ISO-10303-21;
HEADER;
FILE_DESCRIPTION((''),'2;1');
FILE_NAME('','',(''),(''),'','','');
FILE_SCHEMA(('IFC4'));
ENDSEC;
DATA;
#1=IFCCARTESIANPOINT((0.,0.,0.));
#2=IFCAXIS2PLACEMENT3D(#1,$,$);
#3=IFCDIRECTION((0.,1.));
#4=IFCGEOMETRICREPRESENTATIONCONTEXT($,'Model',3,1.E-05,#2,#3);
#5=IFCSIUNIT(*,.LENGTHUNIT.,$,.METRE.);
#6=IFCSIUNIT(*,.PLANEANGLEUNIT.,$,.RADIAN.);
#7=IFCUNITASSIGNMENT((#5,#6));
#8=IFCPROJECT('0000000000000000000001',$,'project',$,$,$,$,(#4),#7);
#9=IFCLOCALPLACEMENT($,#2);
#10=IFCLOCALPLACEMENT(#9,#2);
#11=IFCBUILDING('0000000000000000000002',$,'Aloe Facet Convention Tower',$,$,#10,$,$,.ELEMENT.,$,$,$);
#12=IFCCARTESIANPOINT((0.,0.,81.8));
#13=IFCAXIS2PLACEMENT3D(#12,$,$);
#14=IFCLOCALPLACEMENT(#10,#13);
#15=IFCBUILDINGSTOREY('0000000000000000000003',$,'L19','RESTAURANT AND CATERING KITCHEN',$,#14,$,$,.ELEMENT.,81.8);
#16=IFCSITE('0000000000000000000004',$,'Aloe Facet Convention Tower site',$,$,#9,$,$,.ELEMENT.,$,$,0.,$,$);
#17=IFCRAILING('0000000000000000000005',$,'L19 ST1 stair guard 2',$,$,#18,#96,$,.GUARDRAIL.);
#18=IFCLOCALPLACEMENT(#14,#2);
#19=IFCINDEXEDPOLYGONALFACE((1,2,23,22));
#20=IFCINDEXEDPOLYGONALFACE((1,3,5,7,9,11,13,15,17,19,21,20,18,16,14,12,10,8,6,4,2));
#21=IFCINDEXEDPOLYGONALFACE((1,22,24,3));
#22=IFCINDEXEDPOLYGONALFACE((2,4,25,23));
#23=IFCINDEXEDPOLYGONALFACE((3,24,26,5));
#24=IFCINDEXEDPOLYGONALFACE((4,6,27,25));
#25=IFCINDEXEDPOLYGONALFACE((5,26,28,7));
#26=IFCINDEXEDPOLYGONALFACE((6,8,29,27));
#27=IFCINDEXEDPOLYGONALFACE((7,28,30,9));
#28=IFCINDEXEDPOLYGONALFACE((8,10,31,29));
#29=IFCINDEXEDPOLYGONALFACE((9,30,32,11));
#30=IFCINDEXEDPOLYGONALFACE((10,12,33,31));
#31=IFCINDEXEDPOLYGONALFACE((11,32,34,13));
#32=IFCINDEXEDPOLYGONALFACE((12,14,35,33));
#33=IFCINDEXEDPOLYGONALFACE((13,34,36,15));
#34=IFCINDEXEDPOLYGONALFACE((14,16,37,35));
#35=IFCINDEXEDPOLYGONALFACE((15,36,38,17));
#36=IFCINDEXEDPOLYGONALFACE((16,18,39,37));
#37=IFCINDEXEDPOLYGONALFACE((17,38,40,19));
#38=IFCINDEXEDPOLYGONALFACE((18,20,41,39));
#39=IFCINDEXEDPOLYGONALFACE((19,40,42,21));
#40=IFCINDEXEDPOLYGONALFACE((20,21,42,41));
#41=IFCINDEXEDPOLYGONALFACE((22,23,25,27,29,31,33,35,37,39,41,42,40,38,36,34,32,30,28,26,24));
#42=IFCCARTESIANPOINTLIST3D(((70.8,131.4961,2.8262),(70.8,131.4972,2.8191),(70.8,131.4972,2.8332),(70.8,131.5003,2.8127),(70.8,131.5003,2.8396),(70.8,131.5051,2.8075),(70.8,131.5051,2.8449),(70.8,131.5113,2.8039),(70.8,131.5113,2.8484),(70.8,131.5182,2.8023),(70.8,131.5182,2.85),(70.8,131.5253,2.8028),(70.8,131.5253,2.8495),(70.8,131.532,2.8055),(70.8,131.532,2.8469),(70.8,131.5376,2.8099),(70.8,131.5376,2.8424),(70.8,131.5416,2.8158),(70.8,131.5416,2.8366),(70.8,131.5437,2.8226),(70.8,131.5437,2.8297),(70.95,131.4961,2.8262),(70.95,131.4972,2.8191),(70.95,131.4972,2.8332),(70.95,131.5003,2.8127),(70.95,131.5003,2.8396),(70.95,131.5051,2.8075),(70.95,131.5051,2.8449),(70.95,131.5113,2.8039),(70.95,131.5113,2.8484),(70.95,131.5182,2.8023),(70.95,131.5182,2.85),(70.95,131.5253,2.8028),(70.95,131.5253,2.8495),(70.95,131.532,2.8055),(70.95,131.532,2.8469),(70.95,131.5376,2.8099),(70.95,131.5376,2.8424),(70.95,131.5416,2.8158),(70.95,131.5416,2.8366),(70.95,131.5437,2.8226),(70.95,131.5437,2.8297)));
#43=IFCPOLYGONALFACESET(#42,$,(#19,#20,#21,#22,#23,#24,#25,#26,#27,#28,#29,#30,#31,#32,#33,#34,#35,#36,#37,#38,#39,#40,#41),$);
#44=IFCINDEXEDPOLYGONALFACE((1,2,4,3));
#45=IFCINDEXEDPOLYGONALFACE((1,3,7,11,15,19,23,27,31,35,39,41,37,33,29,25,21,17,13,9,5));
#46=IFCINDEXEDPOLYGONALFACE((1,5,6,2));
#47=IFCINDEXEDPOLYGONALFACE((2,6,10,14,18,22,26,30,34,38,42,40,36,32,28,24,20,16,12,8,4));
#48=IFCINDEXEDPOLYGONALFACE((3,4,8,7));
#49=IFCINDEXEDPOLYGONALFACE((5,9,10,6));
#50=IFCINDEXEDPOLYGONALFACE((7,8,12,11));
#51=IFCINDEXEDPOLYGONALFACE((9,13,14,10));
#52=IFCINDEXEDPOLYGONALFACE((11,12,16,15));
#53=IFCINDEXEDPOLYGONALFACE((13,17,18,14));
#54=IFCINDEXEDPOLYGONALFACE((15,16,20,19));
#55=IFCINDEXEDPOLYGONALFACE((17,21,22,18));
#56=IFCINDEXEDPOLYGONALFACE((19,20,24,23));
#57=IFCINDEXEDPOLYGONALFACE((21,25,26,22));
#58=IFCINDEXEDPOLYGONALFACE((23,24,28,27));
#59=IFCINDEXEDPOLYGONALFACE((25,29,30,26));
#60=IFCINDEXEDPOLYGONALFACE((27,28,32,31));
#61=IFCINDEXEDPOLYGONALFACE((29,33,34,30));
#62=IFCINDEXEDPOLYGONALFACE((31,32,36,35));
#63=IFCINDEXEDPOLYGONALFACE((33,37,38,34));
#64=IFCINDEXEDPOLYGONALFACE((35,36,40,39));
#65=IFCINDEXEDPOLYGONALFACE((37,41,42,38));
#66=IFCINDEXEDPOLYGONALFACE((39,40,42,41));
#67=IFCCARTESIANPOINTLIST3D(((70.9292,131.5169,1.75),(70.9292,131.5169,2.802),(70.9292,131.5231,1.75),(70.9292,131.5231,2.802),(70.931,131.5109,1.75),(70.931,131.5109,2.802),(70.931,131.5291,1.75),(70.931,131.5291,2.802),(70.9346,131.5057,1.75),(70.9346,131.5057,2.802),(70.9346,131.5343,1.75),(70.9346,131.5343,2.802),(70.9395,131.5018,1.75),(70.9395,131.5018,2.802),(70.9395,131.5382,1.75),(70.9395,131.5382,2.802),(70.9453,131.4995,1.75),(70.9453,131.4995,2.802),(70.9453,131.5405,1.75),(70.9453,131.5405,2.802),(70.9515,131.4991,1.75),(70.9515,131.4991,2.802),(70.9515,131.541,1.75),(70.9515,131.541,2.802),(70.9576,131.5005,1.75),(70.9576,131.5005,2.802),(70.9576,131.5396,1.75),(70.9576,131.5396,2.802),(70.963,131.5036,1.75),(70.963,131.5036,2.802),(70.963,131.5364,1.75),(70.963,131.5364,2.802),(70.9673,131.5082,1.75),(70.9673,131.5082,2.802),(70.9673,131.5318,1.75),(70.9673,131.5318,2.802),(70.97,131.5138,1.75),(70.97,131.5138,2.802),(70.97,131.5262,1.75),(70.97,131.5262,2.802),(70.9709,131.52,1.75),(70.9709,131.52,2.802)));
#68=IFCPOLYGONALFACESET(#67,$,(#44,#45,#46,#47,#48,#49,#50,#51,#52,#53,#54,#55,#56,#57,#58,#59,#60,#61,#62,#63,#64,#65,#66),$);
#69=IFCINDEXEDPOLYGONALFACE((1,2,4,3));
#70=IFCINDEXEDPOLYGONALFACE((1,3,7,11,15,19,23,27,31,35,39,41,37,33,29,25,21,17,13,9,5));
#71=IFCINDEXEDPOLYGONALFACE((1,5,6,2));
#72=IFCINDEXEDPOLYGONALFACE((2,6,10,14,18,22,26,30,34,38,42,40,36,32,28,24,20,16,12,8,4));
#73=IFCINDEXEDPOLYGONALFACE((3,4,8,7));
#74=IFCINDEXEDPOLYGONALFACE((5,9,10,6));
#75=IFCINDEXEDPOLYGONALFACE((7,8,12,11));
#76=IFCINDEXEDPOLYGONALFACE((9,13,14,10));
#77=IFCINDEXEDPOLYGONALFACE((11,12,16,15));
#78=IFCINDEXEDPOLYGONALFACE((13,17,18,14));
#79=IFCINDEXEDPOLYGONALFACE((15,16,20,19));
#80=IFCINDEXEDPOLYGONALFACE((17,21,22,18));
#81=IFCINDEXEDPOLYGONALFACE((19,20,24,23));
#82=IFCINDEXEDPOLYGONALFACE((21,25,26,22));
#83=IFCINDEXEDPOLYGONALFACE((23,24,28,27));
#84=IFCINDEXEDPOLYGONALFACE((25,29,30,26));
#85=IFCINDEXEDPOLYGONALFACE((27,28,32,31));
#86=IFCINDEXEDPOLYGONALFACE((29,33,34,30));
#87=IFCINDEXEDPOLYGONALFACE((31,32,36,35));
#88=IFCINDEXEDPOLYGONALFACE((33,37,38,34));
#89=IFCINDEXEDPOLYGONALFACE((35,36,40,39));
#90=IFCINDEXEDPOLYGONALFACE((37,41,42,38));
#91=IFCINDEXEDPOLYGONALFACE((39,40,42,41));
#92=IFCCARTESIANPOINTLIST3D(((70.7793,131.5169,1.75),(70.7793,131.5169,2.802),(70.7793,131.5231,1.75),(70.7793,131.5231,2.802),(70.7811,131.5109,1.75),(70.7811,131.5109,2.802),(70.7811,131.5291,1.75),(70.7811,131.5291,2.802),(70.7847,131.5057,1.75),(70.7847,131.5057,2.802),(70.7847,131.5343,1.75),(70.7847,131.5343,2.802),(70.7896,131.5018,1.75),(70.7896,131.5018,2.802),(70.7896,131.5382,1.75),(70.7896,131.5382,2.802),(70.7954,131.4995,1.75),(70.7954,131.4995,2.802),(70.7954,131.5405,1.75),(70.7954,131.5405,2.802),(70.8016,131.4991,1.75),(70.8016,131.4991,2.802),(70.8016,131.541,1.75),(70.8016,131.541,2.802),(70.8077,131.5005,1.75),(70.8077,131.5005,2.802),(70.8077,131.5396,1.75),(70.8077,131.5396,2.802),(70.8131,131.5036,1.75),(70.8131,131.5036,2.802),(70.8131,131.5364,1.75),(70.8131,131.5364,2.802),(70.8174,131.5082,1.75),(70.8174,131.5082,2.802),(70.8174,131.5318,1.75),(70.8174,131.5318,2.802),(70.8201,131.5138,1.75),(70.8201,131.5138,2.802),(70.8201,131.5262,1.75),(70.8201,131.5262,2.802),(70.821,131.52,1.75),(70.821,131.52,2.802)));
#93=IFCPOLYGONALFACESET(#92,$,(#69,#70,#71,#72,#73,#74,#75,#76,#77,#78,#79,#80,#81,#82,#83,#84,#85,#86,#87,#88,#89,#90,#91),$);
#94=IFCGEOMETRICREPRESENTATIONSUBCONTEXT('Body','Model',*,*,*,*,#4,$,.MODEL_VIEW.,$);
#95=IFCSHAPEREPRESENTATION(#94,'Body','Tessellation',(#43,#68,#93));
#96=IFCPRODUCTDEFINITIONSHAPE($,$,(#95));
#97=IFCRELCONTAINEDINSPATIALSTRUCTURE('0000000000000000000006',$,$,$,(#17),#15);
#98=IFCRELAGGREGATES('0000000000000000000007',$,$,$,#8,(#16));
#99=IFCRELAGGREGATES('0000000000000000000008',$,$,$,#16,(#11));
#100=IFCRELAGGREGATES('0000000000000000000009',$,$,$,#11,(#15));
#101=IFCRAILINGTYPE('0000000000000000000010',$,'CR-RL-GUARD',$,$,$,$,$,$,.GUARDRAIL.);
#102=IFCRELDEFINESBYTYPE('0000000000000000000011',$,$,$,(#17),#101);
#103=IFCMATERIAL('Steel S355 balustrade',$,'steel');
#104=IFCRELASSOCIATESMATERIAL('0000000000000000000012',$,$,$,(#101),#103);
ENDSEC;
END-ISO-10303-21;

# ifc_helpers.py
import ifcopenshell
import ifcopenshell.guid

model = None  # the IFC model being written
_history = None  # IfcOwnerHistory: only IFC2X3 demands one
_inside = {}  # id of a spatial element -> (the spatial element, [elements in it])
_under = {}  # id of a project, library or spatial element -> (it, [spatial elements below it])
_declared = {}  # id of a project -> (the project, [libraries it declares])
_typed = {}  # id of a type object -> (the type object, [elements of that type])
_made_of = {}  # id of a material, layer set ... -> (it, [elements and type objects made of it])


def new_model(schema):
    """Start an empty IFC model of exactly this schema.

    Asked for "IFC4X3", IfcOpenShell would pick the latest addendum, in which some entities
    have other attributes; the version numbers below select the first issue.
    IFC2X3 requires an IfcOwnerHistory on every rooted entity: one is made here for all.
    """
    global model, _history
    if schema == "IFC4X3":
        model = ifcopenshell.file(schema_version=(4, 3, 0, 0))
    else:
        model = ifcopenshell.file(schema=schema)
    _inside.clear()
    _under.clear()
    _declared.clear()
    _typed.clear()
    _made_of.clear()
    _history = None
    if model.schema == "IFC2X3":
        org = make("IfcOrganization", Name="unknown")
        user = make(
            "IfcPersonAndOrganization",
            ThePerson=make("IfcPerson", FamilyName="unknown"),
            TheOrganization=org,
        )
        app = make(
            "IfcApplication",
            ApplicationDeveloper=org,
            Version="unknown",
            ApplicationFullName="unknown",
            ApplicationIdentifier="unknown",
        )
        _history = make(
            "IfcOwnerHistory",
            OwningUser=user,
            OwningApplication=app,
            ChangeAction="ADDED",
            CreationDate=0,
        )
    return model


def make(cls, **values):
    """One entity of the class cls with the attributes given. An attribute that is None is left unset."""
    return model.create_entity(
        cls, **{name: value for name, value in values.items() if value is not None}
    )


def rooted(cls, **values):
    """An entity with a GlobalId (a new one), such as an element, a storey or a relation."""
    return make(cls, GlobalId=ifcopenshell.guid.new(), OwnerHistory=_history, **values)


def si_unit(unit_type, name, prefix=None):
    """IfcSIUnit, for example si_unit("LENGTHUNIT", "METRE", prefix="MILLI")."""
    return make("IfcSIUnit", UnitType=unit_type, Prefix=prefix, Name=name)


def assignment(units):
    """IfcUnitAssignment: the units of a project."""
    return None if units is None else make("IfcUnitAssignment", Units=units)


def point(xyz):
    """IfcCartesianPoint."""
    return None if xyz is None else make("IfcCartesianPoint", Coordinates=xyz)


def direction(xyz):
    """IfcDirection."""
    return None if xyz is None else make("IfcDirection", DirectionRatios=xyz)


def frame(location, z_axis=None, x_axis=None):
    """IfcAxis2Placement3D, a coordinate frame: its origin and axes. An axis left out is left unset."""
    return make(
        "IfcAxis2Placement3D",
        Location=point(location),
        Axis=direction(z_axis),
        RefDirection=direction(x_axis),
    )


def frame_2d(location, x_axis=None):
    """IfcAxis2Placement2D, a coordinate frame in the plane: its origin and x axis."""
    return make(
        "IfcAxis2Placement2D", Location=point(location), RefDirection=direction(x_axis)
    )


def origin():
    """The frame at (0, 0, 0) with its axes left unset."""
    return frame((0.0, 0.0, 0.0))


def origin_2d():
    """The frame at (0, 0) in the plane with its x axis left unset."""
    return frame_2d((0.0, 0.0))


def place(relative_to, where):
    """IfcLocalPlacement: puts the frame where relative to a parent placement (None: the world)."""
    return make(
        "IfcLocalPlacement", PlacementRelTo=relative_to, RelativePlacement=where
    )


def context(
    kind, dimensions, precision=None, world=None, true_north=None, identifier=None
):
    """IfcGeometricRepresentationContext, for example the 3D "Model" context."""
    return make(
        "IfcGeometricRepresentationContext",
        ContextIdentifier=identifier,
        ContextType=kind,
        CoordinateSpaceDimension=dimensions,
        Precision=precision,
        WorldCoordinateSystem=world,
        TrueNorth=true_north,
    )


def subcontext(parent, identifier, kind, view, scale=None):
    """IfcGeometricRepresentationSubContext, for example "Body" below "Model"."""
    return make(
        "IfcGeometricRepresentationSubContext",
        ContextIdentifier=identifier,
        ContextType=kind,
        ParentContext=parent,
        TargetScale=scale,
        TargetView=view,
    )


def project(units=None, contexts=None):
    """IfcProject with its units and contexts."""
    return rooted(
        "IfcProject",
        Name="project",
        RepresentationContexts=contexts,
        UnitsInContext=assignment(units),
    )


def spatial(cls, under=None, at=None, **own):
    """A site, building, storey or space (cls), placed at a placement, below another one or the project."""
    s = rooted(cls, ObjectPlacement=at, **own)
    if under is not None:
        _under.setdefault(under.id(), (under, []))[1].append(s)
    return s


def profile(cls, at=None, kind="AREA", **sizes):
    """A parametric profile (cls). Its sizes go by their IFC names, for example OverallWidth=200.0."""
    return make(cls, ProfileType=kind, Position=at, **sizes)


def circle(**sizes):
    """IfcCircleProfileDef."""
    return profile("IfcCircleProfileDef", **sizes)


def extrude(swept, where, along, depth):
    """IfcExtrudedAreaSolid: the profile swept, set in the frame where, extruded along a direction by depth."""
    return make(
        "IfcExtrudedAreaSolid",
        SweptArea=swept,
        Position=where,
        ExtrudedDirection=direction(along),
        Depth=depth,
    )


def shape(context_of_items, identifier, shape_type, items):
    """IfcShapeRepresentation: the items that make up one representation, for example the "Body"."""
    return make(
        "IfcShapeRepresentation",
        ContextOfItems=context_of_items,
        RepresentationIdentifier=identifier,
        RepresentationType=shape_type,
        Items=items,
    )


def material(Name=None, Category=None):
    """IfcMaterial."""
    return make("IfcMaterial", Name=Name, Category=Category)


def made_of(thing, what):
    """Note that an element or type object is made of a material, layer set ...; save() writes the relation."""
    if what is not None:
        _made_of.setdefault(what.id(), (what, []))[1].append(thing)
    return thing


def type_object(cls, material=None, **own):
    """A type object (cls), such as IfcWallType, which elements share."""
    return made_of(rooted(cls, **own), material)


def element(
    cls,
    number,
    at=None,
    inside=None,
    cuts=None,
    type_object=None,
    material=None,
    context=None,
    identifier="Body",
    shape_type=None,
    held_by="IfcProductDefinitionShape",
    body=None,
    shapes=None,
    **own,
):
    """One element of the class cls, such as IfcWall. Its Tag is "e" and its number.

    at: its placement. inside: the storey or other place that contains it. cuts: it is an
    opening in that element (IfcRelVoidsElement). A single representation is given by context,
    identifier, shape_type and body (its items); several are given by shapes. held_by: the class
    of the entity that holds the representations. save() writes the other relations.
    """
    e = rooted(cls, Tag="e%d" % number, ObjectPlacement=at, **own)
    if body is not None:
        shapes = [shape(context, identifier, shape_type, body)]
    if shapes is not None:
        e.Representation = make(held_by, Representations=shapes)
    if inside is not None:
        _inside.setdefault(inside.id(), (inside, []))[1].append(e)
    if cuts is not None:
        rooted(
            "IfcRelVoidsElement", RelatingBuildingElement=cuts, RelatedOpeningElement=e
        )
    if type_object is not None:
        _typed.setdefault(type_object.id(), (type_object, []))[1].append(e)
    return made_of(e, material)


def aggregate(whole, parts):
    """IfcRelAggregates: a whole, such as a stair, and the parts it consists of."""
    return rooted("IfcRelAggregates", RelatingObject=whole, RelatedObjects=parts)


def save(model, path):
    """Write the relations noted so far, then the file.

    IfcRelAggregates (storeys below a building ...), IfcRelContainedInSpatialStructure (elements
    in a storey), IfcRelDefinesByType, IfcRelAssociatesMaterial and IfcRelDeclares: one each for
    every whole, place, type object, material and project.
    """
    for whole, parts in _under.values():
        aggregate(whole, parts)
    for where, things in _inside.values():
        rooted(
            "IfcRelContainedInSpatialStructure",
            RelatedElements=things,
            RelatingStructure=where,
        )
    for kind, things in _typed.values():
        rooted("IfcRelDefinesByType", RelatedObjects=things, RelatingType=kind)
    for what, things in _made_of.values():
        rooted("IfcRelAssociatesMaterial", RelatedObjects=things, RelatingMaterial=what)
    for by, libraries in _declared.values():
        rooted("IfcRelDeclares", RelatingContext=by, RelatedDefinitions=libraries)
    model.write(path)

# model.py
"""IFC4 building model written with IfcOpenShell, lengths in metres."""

from ifc_helpers import new_model, si_unit, direction, frame, origin, origin_2d, place, context, subcontext, project, spatial, circle, extrude, material, type_object, element, save


model = new_model("IFC4")

# Units and contexts
model_context = context("Model", 3, precision=1e-05, world=origin(), true_north=direction((0.0, 1.0)))
body_context = subcontext(model_context, "Body", "Model", "MODEL_VIEW")
ifc_project = project(units=[si_unit("LENGTHUNIT", "METRE"), si_unit("PLANEANGLEUNIT", "RADIAN")], contexts=[model_context])

# Site, building, storey
site_placement = place(None, origin())
site = spatial("IfcSite", under=ifc_project, at=site_placement, Name="Aloe Facet Convention Tower site", CompositionType="ELEMENT", RefElevation=0.0)
building_placement = place(site_placement, origin())
building = spatial("IfcBuilding", under=site, at=building_placement, Name="Aloe Facet Convention Tower", CompositionType="ELEMENT")
storey_placement = place(building_placement, frame((0.0, 0.0, 81.8)))
storey = spatial("IfcBuildingStorey", under=building, at=storey_placement, Name="L19", Description="RESTAURANT AND CATERING KITCHEN", CompositionType="ELEMENT", Elevation=81.8)

# Railing
ifc_material_1 = material(Name="Steel S355 balustrade", Category="steel")
railing_type_1 = type_object("IfcRailingType", Name="CR-RL-GUARD", PredefinedType="GUARDRAIL", material=ifc_material_1)
railing_1_placement = place(storey_placement, frame((70.95, 131.52, 1.75)))
element("IfcRailing", 1, at=railing_1_placement, inside=storey, type_object=railing_type_1, Name="L19 ST1 stair guard 2", PredefinedType="GUARDRAIL", context=body_context, shape_type="SweptSolid", body=[
    extrude(circle(Radius=0.0239, at=origin_2d()), frame((0.0, 0.0, 1.0762), z_axis=(-1.0, 0.0, 0.0), x_axis=(0.0, -1.0, 0.0)), (0.0, 0.0, 1.0), 0.1499),
    extrude(circle(Radius=0.021, at=origin_2d()), origin(), (0.0, 0.0, 1.0), 1.052),
    extrude(circle(Radius=0.021, at=origin_2d()), frame((-0.1499, 0.0, 0.0)), (0.0, 0.0, 1.0), 1.052),
])

save(model, "model.ifc")
